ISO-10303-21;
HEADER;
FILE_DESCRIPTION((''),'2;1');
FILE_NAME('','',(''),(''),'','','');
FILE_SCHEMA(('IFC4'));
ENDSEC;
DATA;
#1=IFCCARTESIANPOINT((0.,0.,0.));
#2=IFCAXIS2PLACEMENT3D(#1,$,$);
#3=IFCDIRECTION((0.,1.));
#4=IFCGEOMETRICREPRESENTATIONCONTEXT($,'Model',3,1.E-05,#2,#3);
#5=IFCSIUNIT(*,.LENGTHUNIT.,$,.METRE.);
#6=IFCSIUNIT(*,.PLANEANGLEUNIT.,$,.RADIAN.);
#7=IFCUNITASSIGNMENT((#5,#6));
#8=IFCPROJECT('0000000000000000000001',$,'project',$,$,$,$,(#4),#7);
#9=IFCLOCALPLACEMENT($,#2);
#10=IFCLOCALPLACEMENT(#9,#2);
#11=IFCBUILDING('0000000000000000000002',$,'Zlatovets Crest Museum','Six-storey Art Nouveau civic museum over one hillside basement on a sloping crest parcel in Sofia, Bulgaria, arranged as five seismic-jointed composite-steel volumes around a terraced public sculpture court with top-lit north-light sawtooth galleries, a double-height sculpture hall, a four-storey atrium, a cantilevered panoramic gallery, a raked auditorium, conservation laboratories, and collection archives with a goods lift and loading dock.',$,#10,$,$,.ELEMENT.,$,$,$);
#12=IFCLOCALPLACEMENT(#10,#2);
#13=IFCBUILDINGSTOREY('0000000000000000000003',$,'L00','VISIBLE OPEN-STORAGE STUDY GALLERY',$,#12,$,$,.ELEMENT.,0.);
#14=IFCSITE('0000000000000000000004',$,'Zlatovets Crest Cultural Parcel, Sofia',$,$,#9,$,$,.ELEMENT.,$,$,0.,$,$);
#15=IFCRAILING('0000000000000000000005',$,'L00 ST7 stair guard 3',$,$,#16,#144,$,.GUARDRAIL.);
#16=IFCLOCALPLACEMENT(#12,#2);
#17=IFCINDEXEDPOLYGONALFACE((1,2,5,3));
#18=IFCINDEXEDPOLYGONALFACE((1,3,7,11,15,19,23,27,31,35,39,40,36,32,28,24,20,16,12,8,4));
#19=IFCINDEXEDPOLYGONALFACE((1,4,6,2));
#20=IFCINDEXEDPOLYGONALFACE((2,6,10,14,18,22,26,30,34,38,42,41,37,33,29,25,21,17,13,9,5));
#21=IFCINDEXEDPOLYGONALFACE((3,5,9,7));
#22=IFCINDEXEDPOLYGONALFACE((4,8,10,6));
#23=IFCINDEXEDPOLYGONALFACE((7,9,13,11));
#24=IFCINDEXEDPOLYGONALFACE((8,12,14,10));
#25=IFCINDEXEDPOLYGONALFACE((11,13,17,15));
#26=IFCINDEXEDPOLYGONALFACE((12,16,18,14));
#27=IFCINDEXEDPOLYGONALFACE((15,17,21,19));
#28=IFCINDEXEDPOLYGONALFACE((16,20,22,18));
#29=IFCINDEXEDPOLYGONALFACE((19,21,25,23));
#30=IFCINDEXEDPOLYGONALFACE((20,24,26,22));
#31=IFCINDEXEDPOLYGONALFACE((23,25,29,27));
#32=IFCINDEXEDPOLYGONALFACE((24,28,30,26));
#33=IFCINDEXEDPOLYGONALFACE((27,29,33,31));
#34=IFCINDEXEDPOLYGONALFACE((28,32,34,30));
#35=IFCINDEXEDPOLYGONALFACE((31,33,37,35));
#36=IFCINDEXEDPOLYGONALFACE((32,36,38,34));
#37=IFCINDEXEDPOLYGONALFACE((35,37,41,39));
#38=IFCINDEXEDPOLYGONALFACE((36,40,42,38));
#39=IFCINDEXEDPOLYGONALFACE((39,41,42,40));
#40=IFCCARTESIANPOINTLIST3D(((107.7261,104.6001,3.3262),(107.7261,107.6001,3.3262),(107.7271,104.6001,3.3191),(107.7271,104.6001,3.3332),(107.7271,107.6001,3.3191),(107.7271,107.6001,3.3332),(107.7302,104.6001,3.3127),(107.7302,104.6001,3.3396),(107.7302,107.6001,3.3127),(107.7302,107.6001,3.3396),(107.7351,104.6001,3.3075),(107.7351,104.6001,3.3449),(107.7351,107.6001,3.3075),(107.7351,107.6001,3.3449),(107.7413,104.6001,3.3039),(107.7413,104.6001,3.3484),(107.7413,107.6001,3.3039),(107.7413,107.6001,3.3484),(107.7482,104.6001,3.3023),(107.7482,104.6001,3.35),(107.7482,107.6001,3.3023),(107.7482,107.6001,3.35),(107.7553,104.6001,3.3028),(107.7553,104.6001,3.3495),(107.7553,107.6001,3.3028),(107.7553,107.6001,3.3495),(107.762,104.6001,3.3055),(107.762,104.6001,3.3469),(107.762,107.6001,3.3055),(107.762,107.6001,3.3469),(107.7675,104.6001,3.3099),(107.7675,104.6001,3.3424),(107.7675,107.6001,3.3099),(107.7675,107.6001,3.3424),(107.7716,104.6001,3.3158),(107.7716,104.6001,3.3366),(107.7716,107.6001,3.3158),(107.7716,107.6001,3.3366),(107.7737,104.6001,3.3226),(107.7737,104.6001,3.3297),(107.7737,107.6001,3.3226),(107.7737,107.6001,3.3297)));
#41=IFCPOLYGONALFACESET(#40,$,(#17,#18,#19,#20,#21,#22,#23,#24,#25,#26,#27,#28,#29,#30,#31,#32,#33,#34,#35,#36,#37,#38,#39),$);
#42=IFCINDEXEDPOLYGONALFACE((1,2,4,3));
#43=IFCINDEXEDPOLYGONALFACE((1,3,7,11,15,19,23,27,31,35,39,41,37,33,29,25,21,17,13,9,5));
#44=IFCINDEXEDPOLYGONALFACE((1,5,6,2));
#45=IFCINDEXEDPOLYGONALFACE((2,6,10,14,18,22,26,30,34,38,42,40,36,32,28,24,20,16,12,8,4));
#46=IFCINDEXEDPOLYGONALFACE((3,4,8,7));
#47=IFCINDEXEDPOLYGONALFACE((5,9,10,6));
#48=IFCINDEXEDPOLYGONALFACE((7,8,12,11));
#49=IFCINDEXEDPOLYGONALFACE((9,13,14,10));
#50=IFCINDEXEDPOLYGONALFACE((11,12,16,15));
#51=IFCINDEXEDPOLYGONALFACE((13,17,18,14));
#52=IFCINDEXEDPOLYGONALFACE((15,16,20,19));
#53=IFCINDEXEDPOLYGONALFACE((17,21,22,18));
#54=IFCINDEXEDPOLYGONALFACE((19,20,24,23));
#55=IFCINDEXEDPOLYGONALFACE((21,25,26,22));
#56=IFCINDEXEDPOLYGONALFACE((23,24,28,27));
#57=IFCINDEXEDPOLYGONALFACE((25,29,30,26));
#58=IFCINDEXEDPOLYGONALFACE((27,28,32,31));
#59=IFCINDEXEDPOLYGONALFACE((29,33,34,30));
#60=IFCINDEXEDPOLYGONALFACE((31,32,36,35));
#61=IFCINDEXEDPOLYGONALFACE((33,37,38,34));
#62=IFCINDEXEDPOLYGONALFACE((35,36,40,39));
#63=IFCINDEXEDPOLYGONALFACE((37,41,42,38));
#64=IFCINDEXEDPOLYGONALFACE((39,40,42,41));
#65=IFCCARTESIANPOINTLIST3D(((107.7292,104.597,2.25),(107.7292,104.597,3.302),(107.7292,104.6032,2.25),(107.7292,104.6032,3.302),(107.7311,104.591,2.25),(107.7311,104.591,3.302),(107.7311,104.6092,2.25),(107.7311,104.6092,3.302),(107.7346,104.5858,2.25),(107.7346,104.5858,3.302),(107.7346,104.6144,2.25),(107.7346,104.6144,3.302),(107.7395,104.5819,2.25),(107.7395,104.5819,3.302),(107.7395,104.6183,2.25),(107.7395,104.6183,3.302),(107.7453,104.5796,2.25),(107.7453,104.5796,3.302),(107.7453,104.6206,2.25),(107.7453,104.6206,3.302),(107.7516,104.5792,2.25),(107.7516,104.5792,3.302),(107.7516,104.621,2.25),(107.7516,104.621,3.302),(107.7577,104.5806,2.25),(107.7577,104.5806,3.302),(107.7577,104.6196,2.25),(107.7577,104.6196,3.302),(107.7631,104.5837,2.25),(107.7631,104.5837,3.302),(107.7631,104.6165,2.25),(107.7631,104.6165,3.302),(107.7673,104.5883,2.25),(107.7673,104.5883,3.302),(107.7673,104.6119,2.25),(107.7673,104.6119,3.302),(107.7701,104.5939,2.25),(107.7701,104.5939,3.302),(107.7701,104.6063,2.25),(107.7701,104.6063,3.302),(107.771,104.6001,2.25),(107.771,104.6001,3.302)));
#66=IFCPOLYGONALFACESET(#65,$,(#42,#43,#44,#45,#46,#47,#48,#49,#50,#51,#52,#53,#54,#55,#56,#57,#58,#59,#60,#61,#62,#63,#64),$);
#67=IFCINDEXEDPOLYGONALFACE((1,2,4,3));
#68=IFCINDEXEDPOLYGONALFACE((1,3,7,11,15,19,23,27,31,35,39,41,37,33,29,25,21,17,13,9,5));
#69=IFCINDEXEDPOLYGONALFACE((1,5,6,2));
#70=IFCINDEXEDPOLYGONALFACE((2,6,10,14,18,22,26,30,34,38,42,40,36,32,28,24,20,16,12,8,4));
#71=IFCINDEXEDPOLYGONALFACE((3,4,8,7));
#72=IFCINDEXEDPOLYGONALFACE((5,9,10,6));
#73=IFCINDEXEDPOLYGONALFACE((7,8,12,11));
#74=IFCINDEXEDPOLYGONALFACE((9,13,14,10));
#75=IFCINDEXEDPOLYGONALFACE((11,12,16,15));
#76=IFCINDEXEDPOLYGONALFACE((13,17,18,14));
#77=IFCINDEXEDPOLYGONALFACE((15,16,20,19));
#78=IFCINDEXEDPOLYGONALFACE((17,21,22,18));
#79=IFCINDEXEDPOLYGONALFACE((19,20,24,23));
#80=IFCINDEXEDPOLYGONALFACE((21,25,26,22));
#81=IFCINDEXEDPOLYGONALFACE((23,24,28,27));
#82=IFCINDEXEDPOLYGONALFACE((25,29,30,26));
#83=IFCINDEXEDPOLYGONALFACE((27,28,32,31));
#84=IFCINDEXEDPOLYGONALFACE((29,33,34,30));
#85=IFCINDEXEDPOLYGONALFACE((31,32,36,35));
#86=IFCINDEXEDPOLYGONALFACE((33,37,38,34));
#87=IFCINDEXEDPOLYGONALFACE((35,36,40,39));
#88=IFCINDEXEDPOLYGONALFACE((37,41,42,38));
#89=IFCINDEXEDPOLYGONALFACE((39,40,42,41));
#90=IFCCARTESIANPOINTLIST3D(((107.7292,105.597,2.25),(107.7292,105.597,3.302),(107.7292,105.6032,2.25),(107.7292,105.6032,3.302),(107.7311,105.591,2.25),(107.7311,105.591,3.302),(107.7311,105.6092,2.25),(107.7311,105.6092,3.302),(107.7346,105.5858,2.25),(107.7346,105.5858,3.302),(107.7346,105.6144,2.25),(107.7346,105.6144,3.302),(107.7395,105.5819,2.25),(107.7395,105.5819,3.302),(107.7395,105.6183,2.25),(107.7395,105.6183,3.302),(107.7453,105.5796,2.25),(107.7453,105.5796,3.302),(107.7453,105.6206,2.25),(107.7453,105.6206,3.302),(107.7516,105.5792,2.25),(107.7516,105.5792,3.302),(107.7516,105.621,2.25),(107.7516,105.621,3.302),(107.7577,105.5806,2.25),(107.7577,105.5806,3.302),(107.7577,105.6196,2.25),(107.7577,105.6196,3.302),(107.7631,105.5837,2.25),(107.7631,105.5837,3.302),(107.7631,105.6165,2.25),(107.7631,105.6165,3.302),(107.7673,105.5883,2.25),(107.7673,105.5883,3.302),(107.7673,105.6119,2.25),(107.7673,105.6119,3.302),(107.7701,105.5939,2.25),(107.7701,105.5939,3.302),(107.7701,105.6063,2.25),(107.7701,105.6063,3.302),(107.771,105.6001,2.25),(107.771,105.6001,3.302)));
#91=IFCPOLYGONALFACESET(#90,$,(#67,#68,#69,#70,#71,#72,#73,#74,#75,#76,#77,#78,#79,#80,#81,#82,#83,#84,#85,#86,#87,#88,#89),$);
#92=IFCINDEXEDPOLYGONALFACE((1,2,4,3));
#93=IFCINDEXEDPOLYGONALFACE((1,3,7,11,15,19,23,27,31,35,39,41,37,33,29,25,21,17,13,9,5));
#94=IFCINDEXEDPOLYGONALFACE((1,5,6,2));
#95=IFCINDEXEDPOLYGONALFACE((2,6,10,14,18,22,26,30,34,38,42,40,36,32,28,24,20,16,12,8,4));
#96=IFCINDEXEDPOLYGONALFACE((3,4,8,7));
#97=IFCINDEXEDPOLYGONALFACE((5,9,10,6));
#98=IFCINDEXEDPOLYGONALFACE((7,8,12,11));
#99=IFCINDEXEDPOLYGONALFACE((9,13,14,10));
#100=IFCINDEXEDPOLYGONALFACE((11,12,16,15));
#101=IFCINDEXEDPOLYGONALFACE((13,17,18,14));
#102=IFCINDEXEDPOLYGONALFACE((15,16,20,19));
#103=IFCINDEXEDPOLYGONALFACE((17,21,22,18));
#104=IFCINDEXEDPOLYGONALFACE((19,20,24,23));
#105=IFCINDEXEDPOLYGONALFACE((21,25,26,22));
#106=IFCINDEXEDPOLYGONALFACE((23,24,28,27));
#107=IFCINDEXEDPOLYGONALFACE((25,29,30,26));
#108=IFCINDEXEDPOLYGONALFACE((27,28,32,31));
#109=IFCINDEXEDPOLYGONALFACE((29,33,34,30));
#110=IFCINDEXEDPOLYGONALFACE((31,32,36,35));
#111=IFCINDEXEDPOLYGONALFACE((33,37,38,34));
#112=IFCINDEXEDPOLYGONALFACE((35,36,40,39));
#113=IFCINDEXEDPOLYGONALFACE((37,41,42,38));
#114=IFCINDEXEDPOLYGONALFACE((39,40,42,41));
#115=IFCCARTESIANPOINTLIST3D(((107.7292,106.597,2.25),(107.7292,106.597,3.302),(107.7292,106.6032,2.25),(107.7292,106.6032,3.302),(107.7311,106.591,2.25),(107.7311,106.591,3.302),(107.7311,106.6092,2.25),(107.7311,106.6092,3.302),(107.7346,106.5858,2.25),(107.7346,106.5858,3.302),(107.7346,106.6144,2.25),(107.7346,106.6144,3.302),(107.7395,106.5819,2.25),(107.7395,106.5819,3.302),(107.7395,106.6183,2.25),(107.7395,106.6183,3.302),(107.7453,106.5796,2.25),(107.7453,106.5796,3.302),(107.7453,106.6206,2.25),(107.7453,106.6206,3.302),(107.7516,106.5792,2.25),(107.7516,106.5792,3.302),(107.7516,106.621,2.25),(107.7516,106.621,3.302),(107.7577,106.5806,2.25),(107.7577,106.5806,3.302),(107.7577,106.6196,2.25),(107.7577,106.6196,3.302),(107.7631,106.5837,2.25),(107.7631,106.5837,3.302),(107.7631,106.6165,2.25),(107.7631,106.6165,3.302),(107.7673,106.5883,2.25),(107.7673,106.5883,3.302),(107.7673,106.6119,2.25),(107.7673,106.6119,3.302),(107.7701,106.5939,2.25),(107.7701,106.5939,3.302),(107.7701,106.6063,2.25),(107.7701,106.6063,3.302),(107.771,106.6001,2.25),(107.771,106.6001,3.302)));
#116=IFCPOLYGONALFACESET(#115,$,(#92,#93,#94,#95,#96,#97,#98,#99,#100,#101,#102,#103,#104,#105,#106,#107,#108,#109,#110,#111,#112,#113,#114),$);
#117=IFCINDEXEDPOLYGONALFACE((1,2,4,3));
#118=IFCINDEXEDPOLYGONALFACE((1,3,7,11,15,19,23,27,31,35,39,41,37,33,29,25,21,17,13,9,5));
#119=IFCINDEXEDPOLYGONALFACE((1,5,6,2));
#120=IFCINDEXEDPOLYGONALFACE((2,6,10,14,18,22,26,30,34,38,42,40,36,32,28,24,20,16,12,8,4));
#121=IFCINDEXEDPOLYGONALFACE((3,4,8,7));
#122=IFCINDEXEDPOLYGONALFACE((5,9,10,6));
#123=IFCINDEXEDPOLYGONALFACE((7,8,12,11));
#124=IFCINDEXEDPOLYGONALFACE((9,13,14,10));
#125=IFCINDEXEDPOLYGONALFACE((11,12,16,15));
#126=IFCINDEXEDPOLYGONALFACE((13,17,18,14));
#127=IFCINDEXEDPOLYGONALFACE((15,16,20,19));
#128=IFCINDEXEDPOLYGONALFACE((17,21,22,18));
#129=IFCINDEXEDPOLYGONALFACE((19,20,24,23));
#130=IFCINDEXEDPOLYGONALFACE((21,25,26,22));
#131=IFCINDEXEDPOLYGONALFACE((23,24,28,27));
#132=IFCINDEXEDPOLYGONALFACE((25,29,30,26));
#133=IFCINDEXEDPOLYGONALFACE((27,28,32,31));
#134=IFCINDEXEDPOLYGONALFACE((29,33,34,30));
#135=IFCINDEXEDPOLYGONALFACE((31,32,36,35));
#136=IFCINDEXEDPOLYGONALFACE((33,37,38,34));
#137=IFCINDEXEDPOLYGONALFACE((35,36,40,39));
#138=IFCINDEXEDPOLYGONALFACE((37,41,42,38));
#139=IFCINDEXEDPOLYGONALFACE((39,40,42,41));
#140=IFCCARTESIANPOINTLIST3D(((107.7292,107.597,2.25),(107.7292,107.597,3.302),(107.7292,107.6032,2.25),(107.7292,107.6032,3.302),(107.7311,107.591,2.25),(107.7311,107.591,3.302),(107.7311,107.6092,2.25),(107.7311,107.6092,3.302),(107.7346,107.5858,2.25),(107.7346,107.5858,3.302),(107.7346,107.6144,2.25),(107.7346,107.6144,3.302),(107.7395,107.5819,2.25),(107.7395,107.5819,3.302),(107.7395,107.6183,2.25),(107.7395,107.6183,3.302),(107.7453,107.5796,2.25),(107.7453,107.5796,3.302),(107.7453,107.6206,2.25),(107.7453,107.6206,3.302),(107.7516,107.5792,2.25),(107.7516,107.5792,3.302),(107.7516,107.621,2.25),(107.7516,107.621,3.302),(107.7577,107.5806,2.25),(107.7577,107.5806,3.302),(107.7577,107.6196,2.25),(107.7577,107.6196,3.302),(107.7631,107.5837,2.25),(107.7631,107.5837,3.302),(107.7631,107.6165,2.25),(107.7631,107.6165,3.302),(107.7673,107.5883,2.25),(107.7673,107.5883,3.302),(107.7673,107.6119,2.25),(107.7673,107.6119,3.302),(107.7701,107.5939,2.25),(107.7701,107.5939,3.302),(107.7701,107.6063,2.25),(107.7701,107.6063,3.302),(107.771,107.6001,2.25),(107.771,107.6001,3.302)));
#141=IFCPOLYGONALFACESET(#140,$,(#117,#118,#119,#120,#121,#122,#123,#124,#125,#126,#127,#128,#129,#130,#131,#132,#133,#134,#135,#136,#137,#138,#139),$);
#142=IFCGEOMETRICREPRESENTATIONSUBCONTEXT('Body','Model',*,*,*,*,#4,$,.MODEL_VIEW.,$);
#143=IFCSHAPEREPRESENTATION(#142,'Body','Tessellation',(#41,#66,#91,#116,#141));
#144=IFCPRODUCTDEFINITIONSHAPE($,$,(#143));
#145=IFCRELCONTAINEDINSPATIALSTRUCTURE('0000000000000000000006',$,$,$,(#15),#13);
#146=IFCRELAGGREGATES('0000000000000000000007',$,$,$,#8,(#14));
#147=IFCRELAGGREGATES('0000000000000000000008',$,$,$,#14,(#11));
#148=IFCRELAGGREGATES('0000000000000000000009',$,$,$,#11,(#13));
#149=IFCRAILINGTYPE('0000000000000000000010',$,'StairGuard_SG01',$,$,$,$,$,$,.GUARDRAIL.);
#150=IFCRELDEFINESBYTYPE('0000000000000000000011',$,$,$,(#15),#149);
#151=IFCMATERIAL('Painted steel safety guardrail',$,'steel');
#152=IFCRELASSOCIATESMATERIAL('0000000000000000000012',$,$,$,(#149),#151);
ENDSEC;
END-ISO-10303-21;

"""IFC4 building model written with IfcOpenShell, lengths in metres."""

from ifc_helpers import new_model, si_unit, direction, frame, origin, origin_2d, place, context, subcontext, project, spatial, circle, extrude, material, type_object, element, save


model = new_model("IFC4")

# Units and contexts
model_context = context("Model", 3, precision=1e-05, world=origin(), true_north=direction((0.0, 1.0)))
body_context = subcontext(model_context, "Body", "Model", "MODEL_VIEW")
ifc_project = project(units=[si_unit("LENGTHUNIT", "METRE"), si_unit("PLANEANGLEUNIT", "RADIAN")], contexts=[model_context])

# Site, building, storey
site_placement = place(None, origin())
site = spatial("IfcSite", under=ifc_project, at=site_placement, Name="Zlatovets Crest Cultural Parcel, Sofia", CompositionType="ELEMENT", RefElevation=0.0)
building_placement = place(site_placement, origin())
building = spatial("IfcBuilding", under=site, at=building_placement, Name="Zlatovets Crest Museum", Description="Six-storey Art Nouveau civic museum over one hillside basement on a sloping crest parcel in Sofia, Bulgaria, arranged as five seismic-jointed composite-steel volumes around a terraced public sculpture court with top-lit north-light sawtooth galleries, a double-height sculpture hall, a four-storey atrium, a cantilevered panoramic gallery, a raked auditorium, conservation laboratories, and collection archives with a goods lift and loading dock.", CompositionType="ELEMENT")
storey_placement = place(building_placement, origin())
storey = spatial("IfcBuildingStorey", under=building, at=storey_placement, Name="L00", Description="VISIBLE OPEN-STORAGE STUDY GALLERY", CompositionType="ELEMENT", Elevation=0.0)

# Railing
ifc_material_1 = material(Name="Painted steel safety guardrail", Category="steel")
railing_type_1 = type_object("IfcRailingType", Name="StairGuard_SG01", PredefinedType="GUARDRAIL", material=ifc_material_1)
for number, where, name in (
    (1, (107.75, 104.6001, 2.25), "L00 ST7 stair guard 3"),
):
    element("IfcRailing", number, at=place(storey_placement, frame(where)), inside=storey, type_object=railing_type_1, Name=name, PredefinedType="GUARDRAIL", context=body_context, shape_type="SweptSolid", body=[
        extrude(circle(Radius=0.0239, at=origin_2d()), frame((0.0, 0.0, 1.0762), z_axis=(0.0, 1.0, 0.0), x_axis=(-1.0, 0.0, 0.0)), (0.0, 0.0, 1.0), 3.0),
        extrude(circle(Radius=0.021, at=origin_2d()), origin(), (0.0, 0.0, 1.0), 1.052),
        extrude(circle(Radius=0.021, at=origin_2d()), frame((0.0, 1.0, 0.0)), (0.0, 0.0, 1.0), 1.052),
        extrude(circle(Radius=0.021, at=origin_2d()), frame((0.0, 2.0, 0.0)), (0.0, 0.0, 1.0), 1.052),
        extrude(circle(Radius=0.021, at=origin_2d()), frame((0.0, 3.0, 0.0)), (0.0, 0.0, 1.0), 1.052),
    ])

save(model, "model.ifc")
